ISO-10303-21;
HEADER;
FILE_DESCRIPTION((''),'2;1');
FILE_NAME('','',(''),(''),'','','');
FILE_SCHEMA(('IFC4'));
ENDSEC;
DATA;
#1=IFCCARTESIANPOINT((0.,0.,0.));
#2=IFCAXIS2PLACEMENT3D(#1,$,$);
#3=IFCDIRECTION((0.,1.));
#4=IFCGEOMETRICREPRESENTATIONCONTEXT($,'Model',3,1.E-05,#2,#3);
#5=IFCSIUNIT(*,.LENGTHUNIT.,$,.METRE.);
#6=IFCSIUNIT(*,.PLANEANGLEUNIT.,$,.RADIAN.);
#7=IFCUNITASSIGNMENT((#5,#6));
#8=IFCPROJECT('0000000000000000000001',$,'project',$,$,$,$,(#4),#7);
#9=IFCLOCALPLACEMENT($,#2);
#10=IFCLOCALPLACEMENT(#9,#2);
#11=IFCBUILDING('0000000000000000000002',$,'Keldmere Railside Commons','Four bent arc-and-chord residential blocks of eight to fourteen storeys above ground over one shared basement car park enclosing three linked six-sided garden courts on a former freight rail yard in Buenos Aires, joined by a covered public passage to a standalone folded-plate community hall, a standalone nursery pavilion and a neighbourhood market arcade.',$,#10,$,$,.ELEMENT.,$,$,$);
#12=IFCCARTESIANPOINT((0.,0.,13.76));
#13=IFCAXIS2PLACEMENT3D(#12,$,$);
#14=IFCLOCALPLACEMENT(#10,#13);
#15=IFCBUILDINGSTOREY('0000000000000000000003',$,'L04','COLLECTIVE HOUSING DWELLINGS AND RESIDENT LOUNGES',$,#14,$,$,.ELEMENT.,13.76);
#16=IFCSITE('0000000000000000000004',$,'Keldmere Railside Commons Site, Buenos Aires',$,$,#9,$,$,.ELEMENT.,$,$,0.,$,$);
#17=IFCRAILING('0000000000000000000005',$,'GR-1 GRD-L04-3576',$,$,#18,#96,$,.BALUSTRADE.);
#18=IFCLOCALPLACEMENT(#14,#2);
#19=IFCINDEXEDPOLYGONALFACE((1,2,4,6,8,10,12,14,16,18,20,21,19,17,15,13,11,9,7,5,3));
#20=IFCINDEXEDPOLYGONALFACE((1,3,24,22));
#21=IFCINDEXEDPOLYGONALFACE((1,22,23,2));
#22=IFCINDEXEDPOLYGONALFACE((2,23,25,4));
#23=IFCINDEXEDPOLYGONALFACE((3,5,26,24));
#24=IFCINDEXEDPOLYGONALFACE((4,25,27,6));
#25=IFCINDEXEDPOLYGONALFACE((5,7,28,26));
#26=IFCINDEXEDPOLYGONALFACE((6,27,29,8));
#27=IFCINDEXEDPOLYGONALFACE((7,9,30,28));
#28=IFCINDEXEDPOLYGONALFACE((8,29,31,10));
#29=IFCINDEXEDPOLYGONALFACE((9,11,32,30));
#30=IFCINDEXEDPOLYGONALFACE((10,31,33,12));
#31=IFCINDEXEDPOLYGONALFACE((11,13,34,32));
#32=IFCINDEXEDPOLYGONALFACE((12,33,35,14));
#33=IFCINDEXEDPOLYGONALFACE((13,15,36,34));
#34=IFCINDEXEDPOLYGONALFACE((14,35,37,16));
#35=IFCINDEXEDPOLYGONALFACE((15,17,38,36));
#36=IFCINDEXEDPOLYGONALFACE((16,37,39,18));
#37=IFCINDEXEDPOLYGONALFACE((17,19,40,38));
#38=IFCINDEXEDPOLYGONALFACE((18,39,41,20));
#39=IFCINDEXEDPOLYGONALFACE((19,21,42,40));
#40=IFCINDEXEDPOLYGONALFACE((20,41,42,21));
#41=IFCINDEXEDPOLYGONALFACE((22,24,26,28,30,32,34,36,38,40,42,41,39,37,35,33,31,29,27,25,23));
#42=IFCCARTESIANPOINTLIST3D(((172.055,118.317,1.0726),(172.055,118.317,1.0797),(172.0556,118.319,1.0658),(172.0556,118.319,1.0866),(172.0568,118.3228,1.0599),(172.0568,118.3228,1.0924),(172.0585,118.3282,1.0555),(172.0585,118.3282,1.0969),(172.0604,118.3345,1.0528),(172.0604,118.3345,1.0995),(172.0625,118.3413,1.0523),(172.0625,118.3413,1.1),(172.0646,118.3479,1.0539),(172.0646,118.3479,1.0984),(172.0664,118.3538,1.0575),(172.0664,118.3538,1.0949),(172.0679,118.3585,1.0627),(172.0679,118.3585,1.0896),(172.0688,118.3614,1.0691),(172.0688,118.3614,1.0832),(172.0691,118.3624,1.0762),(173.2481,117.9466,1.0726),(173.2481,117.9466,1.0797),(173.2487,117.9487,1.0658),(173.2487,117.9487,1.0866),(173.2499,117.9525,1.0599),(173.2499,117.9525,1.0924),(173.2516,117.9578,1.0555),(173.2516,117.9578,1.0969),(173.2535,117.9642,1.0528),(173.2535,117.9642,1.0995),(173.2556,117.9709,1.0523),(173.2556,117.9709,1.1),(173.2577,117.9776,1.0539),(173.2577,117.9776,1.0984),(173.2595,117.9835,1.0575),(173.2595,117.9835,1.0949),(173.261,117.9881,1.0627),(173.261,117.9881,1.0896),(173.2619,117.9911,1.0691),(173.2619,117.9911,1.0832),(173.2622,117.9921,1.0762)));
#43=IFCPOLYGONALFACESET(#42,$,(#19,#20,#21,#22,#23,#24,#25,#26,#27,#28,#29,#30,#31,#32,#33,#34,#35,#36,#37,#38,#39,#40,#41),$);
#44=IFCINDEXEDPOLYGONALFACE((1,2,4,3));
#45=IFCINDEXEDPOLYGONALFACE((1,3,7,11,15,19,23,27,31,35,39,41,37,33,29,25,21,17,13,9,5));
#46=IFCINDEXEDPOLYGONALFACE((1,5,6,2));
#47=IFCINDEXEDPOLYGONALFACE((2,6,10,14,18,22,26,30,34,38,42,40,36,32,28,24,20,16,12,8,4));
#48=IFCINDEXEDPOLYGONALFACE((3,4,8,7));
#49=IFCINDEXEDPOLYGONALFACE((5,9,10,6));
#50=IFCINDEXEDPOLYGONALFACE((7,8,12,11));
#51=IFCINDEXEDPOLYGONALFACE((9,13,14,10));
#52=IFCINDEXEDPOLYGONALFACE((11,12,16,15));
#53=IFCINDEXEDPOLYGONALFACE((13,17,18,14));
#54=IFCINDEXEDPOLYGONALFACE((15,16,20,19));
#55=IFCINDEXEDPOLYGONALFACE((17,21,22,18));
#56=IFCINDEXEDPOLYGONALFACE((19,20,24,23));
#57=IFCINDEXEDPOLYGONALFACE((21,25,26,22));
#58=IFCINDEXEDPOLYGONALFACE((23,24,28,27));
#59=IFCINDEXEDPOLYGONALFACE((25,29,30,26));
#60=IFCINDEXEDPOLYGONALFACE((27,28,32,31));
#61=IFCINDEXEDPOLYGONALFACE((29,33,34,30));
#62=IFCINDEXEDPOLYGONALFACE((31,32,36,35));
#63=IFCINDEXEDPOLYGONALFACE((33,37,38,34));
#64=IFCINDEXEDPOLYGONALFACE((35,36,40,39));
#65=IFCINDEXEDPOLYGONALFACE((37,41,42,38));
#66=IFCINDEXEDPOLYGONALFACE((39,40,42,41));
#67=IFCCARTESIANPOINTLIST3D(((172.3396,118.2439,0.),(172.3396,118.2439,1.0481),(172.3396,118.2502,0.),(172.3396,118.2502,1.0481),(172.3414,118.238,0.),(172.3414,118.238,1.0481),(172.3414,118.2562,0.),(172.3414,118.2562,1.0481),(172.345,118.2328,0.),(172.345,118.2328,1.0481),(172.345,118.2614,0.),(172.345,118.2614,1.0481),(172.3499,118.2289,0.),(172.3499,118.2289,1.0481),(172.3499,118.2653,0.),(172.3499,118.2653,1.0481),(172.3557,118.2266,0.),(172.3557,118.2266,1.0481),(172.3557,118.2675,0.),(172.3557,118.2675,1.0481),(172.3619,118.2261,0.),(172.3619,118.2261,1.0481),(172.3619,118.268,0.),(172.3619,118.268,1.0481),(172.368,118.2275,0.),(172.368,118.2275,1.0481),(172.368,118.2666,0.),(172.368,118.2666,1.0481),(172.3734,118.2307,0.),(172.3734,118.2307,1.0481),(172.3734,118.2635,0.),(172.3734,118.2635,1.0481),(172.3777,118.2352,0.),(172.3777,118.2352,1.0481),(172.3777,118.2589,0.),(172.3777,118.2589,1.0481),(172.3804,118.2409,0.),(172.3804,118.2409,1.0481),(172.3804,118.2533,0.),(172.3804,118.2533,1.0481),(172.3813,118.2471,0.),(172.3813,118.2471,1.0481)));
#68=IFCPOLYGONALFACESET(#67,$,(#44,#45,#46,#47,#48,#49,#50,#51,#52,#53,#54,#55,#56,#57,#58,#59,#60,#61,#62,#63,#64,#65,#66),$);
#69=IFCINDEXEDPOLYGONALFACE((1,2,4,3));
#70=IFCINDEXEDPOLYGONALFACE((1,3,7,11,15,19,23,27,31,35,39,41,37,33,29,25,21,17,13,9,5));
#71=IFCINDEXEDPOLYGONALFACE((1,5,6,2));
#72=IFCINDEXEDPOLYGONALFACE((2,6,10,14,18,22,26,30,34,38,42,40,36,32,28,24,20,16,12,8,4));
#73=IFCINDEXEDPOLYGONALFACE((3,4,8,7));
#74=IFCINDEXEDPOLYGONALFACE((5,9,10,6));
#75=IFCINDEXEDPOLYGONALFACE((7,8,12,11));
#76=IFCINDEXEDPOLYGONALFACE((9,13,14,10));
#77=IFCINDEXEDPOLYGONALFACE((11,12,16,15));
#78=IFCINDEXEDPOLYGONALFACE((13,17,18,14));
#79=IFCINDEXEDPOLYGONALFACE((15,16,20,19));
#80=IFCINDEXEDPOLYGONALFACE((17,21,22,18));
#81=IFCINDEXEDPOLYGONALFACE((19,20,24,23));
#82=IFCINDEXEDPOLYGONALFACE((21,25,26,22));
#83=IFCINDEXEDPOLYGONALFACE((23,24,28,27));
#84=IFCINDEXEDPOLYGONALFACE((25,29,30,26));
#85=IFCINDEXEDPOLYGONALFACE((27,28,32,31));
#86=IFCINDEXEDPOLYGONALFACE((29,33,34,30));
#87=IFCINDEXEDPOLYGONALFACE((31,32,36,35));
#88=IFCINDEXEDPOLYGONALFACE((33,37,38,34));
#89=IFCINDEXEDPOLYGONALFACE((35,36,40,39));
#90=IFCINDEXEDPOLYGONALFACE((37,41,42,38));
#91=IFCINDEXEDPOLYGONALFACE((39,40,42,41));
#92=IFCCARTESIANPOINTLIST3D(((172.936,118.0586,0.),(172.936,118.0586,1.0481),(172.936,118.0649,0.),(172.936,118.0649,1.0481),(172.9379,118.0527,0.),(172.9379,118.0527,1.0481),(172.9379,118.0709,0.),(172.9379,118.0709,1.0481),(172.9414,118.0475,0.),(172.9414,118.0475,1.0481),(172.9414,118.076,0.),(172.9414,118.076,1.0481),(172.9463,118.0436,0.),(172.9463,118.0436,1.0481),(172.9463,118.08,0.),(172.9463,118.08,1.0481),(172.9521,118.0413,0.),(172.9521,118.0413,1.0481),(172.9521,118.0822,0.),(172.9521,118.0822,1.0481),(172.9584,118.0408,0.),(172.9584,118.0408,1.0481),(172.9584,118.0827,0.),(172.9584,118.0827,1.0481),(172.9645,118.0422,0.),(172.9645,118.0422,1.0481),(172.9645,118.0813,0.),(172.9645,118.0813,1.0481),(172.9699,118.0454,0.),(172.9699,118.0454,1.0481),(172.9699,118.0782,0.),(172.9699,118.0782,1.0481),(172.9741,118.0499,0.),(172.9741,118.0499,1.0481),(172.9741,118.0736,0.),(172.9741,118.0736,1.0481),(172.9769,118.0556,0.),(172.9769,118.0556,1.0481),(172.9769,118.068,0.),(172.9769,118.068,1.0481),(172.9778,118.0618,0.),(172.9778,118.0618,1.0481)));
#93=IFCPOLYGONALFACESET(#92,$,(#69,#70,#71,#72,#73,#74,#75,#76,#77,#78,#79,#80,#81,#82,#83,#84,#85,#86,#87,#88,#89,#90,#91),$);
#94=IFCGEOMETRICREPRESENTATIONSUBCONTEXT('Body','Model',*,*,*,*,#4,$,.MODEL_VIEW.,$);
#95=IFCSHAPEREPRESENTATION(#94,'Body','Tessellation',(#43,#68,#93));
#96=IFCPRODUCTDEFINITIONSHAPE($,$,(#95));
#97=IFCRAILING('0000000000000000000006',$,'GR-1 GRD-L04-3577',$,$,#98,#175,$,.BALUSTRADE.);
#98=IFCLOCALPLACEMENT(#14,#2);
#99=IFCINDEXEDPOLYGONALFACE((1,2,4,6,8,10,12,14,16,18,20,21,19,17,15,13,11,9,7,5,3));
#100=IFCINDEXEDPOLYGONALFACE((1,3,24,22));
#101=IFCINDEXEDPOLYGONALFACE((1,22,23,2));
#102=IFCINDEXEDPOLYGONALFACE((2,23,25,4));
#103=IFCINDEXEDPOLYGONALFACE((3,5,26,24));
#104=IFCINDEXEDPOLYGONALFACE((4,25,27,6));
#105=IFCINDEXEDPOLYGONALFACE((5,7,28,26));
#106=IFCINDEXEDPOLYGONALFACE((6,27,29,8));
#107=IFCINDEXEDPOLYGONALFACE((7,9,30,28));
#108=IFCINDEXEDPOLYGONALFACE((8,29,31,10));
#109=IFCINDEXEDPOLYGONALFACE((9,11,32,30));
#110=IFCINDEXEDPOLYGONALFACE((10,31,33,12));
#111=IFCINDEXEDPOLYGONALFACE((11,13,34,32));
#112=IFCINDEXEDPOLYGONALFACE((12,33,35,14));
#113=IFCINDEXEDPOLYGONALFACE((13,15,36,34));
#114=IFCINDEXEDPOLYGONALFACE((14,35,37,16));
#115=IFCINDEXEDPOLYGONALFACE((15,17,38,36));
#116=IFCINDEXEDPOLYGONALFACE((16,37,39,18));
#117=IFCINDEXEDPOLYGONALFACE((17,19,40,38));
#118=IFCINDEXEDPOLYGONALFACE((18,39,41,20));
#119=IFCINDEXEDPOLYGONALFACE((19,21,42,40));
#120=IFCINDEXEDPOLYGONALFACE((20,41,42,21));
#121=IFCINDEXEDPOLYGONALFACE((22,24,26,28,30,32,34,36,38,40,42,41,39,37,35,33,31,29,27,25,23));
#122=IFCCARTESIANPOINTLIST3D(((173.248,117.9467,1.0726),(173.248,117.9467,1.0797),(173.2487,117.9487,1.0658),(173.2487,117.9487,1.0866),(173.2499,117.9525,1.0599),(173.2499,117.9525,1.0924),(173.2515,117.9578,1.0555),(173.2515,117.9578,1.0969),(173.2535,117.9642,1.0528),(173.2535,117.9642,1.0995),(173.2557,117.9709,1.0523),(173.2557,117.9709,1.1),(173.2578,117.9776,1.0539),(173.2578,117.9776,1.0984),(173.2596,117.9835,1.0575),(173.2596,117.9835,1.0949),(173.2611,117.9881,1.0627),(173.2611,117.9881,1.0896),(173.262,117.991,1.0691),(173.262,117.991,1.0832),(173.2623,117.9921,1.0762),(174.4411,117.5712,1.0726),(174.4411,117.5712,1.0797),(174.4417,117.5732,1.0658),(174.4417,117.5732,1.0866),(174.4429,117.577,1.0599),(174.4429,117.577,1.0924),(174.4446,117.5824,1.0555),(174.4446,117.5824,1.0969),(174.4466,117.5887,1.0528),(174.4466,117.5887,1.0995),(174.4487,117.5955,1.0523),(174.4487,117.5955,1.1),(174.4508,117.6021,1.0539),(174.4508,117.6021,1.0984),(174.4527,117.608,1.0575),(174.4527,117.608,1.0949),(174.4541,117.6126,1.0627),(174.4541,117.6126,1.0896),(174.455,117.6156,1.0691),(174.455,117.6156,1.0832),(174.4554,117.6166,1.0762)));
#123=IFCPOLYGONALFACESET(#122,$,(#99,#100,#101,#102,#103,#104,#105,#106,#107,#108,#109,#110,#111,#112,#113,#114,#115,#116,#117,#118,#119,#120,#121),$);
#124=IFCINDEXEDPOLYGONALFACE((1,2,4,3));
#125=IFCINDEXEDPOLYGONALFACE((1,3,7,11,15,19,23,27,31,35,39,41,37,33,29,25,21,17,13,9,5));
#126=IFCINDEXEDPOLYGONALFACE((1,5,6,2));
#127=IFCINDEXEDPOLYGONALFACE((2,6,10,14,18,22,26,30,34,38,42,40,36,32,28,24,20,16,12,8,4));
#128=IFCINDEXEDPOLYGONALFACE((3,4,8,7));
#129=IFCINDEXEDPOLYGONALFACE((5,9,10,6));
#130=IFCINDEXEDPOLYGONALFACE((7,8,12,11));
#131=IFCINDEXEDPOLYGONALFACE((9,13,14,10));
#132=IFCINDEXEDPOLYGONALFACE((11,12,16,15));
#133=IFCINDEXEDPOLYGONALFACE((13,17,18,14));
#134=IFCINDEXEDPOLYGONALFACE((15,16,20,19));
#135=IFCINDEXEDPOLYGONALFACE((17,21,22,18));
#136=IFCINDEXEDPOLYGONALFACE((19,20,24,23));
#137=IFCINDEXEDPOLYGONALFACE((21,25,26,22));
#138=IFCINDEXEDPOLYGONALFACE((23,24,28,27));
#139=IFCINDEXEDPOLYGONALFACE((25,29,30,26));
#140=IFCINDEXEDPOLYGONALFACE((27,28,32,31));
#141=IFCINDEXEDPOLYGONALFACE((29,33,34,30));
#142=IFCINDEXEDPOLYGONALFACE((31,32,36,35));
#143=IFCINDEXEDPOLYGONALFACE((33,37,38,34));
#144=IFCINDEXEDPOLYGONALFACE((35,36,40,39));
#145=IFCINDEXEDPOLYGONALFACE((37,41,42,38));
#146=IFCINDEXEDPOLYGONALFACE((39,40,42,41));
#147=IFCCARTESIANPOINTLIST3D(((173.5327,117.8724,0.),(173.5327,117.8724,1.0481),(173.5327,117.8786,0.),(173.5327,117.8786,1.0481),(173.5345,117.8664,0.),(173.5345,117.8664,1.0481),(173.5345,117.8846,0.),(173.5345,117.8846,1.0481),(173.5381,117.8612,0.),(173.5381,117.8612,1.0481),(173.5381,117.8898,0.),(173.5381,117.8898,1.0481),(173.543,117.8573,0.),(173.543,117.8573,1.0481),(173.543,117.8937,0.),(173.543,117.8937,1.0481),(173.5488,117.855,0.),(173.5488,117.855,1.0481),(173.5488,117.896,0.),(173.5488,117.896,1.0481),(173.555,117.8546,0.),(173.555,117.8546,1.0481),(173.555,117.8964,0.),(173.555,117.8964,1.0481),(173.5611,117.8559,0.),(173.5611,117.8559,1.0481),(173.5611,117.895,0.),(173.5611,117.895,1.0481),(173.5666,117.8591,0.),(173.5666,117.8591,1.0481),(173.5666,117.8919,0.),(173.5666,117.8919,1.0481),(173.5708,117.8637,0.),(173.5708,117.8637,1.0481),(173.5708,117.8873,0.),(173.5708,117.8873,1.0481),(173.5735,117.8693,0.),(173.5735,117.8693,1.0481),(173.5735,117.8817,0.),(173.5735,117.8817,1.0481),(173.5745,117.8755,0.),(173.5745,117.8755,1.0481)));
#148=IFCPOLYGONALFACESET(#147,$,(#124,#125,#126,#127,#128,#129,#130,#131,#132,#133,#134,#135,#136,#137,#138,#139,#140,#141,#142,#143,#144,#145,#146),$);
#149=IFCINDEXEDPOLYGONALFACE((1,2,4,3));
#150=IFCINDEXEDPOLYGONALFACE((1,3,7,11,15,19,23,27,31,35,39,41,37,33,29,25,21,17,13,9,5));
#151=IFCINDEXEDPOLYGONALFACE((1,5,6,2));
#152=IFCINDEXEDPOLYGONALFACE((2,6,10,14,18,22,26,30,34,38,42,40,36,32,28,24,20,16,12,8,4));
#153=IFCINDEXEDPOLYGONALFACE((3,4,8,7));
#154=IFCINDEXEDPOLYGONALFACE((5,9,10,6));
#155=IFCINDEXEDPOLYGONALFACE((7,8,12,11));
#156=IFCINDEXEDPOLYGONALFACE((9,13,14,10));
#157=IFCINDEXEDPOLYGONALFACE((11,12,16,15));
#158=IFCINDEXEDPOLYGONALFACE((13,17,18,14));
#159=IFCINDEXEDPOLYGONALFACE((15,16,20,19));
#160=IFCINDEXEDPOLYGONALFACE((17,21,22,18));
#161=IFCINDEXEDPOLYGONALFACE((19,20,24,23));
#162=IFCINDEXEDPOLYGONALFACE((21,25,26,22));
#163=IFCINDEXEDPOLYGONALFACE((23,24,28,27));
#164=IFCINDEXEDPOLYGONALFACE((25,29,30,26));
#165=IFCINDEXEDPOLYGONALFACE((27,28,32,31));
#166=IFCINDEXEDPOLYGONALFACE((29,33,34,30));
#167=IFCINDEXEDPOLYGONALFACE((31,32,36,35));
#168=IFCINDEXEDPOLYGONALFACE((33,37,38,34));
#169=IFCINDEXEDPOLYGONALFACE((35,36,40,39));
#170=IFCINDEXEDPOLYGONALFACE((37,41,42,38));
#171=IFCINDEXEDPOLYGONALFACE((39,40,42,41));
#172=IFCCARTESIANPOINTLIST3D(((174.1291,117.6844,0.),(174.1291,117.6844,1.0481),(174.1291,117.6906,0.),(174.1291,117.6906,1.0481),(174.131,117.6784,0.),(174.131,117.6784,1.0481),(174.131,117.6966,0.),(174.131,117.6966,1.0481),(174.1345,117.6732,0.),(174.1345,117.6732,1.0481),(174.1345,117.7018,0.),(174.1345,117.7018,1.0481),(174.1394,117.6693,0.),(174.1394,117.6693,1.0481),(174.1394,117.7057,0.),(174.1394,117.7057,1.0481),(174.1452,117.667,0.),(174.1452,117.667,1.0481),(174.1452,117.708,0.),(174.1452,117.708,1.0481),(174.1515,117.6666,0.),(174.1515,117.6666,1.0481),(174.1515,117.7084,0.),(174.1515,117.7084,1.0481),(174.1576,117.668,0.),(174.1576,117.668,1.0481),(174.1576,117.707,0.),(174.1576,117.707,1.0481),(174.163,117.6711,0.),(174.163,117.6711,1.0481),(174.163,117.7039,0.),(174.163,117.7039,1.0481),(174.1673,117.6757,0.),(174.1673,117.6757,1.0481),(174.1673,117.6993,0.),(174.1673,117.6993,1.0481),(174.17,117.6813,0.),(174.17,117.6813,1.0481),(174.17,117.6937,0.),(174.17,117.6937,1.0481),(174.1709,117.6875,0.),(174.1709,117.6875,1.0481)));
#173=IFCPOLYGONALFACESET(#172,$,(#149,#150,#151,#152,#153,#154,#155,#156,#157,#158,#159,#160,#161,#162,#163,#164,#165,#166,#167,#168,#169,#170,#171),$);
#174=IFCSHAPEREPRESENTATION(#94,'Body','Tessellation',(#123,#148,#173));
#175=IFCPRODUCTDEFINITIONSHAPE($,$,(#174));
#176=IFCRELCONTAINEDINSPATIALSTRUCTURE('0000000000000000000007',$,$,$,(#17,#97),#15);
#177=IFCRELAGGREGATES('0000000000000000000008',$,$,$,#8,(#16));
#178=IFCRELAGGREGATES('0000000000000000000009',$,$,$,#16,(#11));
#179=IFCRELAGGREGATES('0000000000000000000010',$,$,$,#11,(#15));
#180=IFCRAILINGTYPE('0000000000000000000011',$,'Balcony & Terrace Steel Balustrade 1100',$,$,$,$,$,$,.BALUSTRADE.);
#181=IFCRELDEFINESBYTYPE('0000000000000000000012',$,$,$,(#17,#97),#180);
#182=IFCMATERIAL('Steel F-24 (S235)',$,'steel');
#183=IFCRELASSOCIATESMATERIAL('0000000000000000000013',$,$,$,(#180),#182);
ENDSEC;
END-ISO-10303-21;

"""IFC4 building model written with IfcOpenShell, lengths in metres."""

from ifc_helpers import new_model, si_unit, direction, frame, origin, origin_2d, place, context, subcontext, project, spatial, circle, extrude, material, type_object, element, save


model = new_model("IFC4")

# Units and contexts
model_context = context("Model", 3, precision=1e-05, world=origin(), true_north=direction((0.0, 1.0)))
body_context = subcontext(model_context, "Body", "Model", "MODEL_VIEW")
ifc_project = project(units=[si_unit("LENGTHUNIT", "METRE"), si_unit("PLANEANGLEUNIT", "RADIAN")], contexts=[model_context])

# Site, building, storey
site_placement = place(None, origin())
site = spatial("IfcSite", under=ifc_project, at=site_placement, Name="Keldmere Railside Commons Site, Buenos Aires", CompositionType="ELEMENT", RefElevation=0.0)
building_placement = place(site_placement, origin())
building = spatial("IfcBuilding", under=site, at=building_placement, Name="Keldmere Railside Commons", Description="Four bent arc-and-chord residential blocks of eight to fourteen storeys above ground over one shared basement car park enclosing three linked six-sided garden courts on a former freight rail yard in Buenos Aires, joined by a covered public passage to a standalone folded-plate community hall, a standalone nursery pavilion and a neighbourhood market arcade.", CompositionType="ELEMENT")
storey_placement = place(building_placement, frame((0.0, 0.0, 13.76)))
storey = spatial("IfcBuildingStorey", under=building, at=storey_placement, Name="L04", Description="COLLECTIVE HOUSING DWELLINGS AND RESIDENT LOUNGES", CompositionType="ELEMENT", Elevation=13.76)

# Railings
ifc_material_1 = material(Name="Steel F-24 (S235)", Category="steel")
railing_type = type_object("IfcRailingType", Name="Balcony & Terrace Steel Balustrade 1100", PredefinedType="BALUSTRADE", material=ifc_material_1)
railing_1_placement = place(storey_placement, frame((172.062, 118.3396, 0.0)))
element("IfcRailing", 1, at=railing_1_placement, inside=storey, type_object=railing_type, Name="GR-1 GRD-L04-3576", PredefinedType="BALUSTRADE", context=body_context, shape_type="SweptSolid", body=[
    extrude(circle(Radius=0.0239, at=origin_2d()), frame((0.0, 0.0, 1.0762), z_axis=(0.955045, -0.296461, 0.0), x_axis=(0.296461, 0.955045, 0.0)), (0.0, 0.0, 1.0), 1.2493),
    extrude(circle(Radius=0.021, at=origin_2d()), frame((0.2983, -0.0925, 0.0)), (0.0, 0.0, 1.0), 1.0481),
    extrude(circle(Radius=0.021, at=origin_2d()), frame((0.8948, -0.2778, 0.0)), (0.0, 0.0, 1.0), 1.0481),
])
railing_2_placement = place(storey_placement, frame((173.2551, 117.9692, 0.0)))
element("IfcRailing", 2, at=railing_2_placement, inside=storey, type_object=railing_type, Name="GR-1 GRD-L04-3577", PredefinedType="BALUSTRADE", context=body_context, shape_type="SweptSolid", body=[
    extrude(circle(Radius=0.0239, at=origin_2d()), frame((0.0, 0.0, 1.0762), z_axis=(0.953877, -0.300197, 0.0), x_axis=(0.300197, 0.953877, 0.0)), (0.0, 0.0, 1.0), 1.2507),
    extrude(circle(Radius=0.021, at=origin_2d()), frame((0.2983, -0.0938, 0.0)), (0.0, 0.0, 1.0), 1.0481),
    extrude(circle(Radius=0.021, at=origin_2d()), frame((0.8948, -0.2817, 0.0)), (0.0, 0.0, 1.0), 1.0481),
])

save(model, "model.ifc")
